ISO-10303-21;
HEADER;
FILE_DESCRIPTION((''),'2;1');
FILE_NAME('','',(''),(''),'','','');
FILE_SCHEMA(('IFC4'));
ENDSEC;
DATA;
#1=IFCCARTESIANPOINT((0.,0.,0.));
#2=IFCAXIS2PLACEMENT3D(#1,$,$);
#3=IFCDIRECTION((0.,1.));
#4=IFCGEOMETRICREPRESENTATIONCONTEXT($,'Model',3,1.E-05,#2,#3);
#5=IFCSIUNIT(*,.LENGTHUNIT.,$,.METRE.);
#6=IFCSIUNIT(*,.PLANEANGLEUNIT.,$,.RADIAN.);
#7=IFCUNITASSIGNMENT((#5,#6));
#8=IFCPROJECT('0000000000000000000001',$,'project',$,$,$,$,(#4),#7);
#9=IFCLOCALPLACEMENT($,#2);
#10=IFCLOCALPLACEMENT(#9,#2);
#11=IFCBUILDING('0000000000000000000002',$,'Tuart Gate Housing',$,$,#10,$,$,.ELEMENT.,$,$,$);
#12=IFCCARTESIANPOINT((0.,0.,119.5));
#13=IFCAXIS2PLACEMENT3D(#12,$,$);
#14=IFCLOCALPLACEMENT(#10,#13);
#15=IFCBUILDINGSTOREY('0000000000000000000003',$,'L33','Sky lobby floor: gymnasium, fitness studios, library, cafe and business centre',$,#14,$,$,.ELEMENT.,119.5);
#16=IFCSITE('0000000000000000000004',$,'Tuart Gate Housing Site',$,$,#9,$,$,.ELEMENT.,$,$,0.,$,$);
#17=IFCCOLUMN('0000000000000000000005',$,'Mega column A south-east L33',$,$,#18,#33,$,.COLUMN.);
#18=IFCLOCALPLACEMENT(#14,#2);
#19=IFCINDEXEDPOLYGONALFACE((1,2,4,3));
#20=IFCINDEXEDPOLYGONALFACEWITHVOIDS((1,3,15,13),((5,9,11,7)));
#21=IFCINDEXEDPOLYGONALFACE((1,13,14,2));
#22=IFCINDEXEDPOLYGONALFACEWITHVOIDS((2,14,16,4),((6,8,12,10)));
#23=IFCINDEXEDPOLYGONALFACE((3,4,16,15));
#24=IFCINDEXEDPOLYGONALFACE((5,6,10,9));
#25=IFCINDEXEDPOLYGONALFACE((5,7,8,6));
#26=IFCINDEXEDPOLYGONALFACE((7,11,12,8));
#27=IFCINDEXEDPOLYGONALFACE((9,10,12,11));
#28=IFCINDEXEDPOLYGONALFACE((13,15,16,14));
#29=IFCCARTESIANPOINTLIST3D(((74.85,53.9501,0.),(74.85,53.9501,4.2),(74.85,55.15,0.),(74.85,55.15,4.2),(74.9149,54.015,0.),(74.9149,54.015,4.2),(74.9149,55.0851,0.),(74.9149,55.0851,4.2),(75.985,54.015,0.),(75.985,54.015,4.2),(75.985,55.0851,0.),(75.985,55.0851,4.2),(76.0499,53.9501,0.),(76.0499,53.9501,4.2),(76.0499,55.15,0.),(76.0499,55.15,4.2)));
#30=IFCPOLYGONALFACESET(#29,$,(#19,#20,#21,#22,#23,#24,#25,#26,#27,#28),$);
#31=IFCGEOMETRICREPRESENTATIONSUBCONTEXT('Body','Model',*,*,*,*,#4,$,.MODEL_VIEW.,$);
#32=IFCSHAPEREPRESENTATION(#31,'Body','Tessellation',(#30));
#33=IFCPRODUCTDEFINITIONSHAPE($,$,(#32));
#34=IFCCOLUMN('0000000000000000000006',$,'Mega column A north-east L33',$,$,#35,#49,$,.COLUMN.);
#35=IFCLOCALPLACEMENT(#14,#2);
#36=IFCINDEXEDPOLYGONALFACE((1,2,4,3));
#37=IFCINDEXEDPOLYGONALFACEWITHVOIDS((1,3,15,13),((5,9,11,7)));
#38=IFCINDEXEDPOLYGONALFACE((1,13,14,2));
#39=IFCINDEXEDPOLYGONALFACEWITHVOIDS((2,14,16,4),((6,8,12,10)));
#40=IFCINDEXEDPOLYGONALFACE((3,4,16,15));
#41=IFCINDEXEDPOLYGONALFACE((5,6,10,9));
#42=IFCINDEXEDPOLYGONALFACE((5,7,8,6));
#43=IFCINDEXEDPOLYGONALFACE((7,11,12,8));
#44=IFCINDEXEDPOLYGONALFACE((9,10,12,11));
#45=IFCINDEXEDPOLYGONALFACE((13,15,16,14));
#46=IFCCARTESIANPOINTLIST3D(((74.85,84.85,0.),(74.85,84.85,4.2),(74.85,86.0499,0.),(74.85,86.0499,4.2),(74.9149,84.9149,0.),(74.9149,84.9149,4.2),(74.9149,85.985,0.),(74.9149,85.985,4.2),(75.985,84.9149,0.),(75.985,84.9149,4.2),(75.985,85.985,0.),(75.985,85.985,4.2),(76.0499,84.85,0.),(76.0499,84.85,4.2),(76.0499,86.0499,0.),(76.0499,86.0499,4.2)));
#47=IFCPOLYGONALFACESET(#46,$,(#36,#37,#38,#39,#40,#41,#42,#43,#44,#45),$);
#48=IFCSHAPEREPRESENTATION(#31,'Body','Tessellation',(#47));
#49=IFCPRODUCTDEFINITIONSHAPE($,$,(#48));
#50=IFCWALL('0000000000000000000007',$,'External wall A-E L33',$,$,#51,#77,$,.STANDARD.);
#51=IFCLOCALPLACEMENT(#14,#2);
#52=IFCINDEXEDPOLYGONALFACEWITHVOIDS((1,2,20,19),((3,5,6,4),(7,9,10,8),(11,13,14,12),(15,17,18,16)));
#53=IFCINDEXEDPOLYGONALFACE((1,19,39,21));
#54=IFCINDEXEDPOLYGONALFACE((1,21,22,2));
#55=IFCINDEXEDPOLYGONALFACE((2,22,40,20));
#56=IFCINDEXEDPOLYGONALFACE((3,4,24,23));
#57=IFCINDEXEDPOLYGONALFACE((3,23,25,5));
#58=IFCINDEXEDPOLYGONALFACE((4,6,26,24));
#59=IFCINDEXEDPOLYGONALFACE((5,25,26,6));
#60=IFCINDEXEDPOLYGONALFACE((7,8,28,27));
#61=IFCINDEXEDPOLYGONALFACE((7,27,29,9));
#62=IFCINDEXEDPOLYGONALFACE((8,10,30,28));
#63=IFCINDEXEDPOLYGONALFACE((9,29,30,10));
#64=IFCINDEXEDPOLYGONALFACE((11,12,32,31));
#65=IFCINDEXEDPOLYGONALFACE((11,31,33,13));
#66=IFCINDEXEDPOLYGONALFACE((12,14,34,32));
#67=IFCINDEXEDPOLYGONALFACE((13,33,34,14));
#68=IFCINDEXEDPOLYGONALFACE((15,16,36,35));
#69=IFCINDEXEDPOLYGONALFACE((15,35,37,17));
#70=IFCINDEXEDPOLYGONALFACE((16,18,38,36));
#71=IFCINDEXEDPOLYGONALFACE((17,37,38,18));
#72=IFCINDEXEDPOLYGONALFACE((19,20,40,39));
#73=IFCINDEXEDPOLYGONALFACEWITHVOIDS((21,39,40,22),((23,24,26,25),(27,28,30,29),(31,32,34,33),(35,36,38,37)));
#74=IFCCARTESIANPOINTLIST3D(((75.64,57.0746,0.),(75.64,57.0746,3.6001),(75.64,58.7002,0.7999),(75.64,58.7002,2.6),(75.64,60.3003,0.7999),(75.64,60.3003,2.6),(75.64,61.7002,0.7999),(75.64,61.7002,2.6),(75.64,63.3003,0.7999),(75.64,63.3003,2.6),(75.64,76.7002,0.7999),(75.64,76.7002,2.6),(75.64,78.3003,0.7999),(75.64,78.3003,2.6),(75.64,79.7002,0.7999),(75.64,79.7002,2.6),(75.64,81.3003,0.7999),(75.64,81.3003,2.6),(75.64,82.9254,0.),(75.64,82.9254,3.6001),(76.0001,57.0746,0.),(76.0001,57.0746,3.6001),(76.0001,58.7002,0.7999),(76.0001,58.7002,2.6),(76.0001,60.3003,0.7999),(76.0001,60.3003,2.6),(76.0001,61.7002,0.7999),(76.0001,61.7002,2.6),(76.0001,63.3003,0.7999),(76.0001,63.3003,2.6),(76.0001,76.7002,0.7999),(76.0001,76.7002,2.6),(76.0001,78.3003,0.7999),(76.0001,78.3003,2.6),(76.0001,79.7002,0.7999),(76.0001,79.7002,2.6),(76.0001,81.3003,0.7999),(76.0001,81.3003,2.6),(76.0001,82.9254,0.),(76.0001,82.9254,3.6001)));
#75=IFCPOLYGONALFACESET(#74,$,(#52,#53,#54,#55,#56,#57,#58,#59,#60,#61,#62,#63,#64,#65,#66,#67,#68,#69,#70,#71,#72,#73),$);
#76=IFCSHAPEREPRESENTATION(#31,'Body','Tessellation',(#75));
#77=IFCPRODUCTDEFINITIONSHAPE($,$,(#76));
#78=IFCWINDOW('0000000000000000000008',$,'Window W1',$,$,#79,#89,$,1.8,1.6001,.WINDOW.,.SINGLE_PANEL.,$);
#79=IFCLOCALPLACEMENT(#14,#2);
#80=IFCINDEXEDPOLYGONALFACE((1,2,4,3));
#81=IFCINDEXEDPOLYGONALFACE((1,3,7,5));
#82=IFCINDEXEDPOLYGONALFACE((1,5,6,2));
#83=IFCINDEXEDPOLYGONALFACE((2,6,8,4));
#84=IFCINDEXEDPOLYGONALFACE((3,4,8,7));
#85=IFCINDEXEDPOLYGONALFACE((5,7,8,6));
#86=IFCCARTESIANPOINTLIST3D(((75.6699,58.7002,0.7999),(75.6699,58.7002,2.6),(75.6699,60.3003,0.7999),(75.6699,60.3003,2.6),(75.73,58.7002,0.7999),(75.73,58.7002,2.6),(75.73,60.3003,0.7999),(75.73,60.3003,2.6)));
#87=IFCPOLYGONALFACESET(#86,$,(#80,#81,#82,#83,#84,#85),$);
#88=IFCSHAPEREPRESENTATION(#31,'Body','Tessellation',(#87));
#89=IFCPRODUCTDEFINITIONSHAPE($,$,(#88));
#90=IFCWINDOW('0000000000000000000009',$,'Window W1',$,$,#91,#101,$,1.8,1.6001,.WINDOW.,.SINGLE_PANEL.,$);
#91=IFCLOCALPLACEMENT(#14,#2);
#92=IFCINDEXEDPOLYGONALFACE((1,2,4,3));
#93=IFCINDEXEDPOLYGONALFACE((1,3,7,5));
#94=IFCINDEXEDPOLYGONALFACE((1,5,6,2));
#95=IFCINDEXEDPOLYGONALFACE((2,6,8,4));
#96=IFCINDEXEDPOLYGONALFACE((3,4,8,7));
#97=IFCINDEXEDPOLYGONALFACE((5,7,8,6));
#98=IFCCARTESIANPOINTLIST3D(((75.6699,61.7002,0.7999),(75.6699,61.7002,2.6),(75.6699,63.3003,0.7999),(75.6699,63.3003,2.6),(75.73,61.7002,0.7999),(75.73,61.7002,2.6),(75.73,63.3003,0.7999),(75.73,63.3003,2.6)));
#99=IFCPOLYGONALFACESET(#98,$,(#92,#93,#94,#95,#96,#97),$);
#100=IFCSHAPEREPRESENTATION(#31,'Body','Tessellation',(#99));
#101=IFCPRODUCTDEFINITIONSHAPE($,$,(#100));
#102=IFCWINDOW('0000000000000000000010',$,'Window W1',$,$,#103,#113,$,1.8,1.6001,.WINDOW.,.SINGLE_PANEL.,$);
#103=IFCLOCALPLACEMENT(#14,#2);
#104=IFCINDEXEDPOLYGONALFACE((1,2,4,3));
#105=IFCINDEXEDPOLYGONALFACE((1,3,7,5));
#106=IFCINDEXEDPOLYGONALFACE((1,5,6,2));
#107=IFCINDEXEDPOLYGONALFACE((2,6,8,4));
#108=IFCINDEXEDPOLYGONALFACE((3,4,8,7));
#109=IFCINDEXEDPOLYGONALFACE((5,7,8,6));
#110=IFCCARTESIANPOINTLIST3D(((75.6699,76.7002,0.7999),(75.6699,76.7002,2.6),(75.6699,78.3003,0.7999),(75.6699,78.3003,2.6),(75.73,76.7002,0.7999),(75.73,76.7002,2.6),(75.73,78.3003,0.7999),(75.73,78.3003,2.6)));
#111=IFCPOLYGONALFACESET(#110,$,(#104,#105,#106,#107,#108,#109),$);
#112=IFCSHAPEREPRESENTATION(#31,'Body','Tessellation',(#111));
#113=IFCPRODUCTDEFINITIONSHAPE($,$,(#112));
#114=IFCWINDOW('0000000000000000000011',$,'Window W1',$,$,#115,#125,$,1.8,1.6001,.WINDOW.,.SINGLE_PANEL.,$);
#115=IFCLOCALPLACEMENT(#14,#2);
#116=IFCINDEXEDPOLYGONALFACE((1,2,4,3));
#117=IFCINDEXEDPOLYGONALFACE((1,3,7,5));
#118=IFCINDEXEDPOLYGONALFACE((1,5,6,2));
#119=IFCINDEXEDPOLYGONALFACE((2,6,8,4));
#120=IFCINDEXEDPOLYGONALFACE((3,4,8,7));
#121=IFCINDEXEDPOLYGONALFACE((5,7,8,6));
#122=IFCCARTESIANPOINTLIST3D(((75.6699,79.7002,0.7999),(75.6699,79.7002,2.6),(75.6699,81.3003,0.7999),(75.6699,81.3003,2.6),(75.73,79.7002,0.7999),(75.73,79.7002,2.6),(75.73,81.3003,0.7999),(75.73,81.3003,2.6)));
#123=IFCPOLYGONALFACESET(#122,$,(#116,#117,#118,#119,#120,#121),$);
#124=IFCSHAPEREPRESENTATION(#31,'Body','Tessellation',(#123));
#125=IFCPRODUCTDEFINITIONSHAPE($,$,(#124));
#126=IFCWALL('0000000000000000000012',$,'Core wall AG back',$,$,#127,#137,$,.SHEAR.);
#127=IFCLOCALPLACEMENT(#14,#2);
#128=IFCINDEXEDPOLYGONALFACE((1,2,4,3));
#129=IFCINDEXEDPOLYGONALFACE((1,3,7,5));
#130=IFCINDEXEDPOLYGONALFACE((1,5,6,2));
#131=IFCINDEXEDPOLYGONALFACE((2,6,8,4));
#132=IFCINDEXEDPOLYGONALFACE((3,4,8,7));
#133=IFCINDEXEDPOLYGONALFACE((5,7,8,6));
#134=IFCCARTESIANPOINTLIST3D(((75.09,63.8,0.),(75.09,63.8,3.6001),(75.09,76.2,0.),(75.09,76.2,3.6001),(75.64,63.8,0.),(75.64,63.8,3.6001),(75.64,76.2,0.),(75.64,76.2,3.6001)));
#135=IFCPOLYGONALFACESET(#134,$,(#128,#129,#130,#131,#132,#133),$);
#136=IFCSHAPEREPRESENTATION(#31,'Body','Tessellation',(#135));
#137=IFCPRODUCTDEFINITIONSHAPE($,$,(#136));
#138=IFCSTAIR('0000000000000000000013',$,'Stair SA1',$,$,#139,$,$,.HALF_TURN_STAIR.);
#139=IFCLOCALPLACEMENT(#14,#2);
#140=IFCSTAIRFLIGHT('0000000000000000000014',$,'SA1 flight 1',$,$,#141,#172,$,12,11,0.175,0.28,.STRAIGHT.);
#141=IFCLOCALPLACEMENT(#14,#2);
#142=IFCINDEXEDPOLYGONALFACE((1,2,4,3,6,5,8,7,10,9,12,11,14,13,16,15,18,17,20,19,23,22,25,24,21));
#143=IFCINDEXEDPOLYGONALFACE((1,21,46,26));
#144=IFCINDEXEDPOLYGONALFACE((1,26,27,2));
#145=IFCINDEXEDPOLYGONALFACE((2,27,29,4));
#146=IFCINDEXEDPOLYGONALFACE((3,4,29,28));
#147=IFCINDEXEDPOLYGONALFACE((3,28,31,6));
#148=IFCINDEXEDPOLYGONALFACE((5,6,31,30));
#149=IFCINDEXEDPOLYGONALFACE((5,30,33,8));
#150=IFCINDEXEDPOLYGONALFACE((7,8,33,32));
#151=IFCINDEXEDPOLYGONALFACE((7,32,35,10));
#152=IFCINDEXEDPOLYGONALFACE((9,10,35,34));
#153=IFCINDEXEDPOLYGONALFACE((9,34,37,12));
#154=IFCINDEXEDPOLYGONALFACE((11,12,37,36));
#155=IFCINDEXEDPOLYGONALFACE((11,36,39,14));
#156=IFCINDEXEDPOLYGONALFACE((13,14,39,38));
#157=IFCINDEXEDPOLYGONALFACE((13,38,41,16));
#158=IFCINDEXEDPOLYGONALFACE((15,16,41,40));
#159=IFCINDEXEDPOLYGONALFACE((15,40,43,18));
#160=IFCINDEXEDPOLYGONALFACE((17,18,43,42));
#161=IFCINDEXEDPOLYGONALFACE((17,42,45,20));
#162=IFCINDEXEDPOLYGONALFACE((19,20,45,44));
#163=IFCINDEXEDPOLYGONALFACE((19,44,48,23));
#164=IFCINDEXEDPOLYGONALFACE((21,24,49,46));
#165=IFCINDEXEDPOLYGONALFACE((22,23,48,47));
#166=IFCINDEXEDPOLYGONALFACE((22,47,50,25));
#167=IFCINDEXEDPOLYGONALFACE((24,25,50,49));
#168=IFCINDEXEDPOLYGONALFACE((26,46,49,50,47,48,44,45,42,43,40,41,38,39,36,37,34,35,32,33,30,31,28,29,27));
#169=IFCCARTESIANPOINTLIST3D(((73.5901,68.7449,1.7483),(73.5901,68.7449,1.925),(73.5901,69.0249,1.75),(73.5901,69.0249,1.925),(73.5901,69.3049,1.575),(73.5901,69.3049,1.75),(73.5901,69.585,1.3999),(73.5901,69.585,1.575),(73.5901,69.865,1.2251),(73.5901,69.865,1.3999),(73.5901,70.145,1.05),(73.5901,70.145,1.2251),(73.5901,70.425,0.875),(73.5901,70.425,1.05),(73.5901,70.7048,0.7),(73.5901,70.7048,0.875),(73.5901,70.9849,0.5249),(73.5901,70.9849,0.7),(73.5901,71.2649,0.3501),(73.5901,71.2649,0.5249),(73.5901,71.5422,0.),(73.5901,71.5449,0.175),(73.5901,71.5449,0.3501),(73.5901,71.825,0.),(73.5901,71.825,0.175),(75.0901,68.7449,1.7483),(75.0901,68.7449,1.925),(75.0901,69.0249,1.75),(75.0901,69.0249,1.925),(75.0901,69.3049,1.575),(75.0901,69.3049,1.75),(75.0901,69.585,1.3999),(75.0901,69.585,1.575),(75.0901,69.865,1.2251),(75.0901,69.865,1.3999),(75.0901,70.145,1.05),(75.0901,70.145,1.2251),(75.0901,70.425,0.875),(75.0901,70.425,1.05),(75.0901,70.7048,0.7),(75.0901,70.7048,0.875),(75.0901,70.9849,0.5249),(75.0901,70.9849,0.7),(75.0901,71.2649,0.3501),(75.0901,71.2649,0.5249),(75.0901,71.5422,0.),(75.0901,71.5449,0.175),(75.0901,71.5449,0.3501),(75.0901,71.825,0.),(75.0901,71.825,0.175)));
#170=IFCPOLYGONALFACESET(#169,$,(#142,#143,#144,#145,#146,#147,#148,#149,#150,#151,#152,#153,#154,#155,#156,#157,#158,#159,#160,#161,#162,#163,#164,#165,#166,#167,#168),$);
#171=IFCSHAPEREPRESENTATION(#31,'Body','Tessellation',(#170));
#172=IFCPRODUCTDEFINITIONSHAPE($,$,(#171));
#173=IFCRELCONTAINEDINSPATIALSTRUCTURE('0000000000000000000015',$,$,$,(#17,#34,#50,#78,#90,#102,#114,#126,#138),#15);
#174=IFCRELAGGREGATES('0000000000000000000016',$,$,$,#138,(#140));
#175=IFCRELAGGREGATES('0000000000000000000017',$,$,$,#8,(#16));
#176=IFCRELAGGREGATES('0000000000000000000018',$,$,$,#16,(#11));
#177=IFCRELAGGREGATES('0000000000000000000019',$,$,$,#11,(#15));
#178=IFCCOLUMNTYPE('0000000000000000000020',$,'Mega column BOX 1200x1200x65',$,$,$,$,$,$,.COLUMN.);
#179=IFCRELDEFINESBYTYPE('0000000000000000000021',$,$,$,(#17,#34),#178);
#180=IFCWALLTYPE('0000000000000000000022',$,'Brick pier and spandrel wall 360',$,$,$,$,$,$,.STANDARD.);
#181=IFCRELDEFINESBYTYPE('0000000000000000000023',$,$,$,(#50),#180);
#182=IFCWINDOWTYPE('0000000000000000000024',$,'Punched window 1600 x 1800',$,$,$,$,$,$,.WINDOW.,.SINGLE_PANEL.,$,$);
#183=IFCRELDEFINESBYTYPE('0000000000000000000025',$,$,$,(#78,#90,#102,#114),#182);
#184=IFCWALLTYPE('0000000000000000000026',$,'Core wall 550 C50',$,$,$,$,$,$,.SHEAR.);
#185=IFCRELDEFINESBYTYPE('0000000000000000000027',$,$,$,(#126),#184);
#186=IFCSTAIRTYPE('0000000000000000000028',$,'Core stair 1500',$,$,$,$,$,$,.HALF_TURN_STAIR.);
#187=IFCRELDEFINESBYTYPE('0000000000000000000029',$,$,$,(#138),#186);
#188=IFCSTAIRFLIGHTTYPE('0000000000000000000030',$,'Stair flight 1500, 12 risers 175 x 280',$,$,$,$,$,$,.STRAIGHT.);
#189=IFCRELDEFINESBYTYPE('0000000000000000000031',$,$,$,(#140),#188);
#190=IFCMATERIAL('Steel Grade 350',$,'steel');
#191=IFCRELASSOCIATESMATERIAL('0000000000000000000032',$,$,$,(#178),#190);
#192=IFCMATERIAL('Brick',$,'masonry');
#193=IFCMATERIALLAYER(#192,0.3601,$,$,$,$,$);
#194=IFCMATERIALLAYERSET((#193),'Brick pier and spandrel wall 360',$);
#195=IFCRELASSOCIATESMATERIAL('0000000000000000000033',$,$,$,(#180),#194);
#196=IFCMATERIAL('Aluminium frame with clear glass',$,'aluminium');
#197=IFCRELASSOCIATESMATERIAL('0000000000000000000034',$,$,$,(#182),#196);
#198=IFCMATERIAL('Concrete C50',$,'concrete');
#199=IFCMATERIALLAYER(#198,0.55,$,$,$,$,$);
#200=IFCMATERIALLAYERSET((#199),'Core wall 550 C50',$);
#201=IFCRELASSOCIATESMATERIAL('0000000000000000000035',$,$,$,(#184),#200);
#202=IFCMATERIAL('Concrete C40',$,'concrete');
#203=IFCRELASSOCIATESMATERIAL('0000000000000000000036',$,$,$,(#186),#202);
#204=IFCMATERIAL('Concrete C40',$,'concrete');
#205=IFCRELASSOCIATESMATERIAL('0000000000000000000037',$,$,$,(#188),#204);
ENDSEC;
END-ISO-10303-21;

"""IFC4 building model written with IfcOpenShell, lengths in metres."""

from ifc_helpers import new_model, si_unit, direction, frame, frame_2d, origin, origin_2d, place, context, subcontext, project, spatial, polyline, rectangle, hollow_rectangle, outline, extrude, material, layer, layer_set, material_profile, profile_set, type_object, element, fill, aggregate, save


model = new_model("IFC4")

# Units and contexts
model_context = context("Model", 3, precision=1e-05, world=origin(), true_north=direction((0.0, 1.0)))
body_context = subcontext(model_context, "Body", "Model", "MODEL_VIEW")
ifc_project = project(units=[si_unit("LENGTHUNIT", "METRE"), si_unit("PLANEANGLEUNIT", "RADIAN")], contexts=[model_context])

# Site, building, storey
site_placement = place(None, origin())
site = spatial("IfcSite", under=ifc_project, at=site_placement, Name="Tuart Gate Housing Site", CompositionType="ELEMENT", RefElevation=0.0)
building_placement = place(site_placement, origin())
building = spatial("IfcBuilding", under=site, at=building_placement, Name="Tuart Gate Housing", CompositionType="ELEMENT")
storey_placement = place(building_placement, frame((0.0, 0.0, 119.5)))
storey = spatial("IfcBuildingStorey", under=building, at=storey_placement, Name="L33", Description="Sky lobby floor: gymnasium, fitness studios, library, cafe and business centre", CompositionType="ELEMENT", Elevation=119.5)

# Columns
ifc_material_1 = material(Name="Steel Grade 350", Category="steel")
ifc_material_profile = material_profile(ifc_material_1, hollow_rectangle(XDim=1.2, YDim=1.2, WallThickness=0.0649, at=origin_2d()), Name="BOX 1200x1200x65")
ifc_profile_set = profile_set([ifc_material_profile], Name="Steel Grade 350")
column_type = type_object("IfcColumnType", Name="Mega column BOX 1200x1200x65", PredefinedType="COLUMN", material=ifc_profile_set)
for number, where, z_axis, x_axis, name in (
    (1, (75.45, 54.55, 0.0), (0.0, 0.0, 1.0), (1.0, 0.0, 0.0), "Mega column A south-east L33"),
    (2, (75.45, 85.45, 0.0), (0.0, 0.0, 1.0), (1.0, 0.0, 0.0), "Mega column A north-east L33"),
):
    element("IfcColumn", number, at=place(storey_placement, frame(where, z_axis=z_axis, x_axis=x_axis)), inside=storey, type_object=column_type, Name=name, PredefinedType="COLUMN", context=body_context, shape_type="SweptSolid", body=[
        extrude(hollow_rectangle(XDim=1.2, YDim=1.2, WallThickness=0.0649, at=origin_2d()), origin(), (0.0, 0.0, 1.0), 4.2),
    ])

# Wall, openings, windows
ifc_material_2 = material(Name="Brick", Category="masonry")
ifc_layer_1 = layer(ifc_material_2, 0.3601)
ifc_layer_set_1 = layer_set([ifc_layer_1], Name="Brick pier and spandrel wall 360")
wall_type_1 = type_object("IfcWallType", Name="Brick pier and spandrel wall 360", PredefinedType="STANDARD", material=ifc_layer_set_1)
wall_1_placement = place(storey_placement, frame((75.8201, 57.0747, 0.0), z_axis=(0.0, 0.0, 1.0), x_axis=(0.0, 1.0, 0.0)))
wall_1 = element("IfcWall", 3, at=wall_1_placement, inside=storey, type_object=wall_type_1, Name="External wall A-E L33", PredefinedType="STANDARD", context=body_context, shape_type="SweptSolid", body=[
    extrude(rectangle(XDim=25.8508, YDim=0.3601, at=frame_2d((12.9253, 0.0))), origin(), (0.0, 0.0, 1.0), 3.6001),
])
opening_1_placement = place(wall_1_placement, frame((1.6255, 0.0, 0.8)))
opening_1 = element("IfcOpeningElement", 4, at=opening_1_placement, cuts=wall_1, PredefinedType="OPENING", context=body_context, shape_type="SweptSolid", body=[
    extrude(rectangle(XDim=1.6001, YDim=1.8, at=frame_2d((0.8, 0.8999))), frame((0.0, 0.1899, 0.0), z_axis=(0.0, -1.0, 0.0), x_axis=(1.0, 0.0, 0.0)), (0.0, 0.0, 1.0), 0.3801),
])
opening_2_placement = place(wall_1_placement, frame((4.6255, 0.0, 0.8)))
opening_2 = element("IfcOpeningElement", 5, at=opening_2_placement, cuts=wall_1, PredefinedType="OPENING", context=body_context, shape_type="SweptSolid", body=[
    extrude(rectangle(XDim=1.6001, YDim=1.8, at=frame_2d((0.8, 0.8999))), frame((0.0, 0.1899, 0.0), z_axis=(0.0, -1.0, 0.0), x_axis=(1.0, 0.0, 0.0)), (0.0, 0.0, 1.0), 0.3801),
])
opening_3_placement = place(wall_1_placement, frame((19.6255, 0.0, 0.8)))
opening_3 = element("IfcOpeningElement", 6, at=opening_3_placement, cuts=wall_1, PredefinedType="OPENING", context=body_context, shape_type="SweptSolid", body=[
    extrude(rectangle(XDim=1.6001, YDim=1.8, at=frame_2d((0.8, 0.8999))), frame((0.0, 0.1899, 0.0), z_axis=(0.0, -1.0, 0.0), x_axis=(1.0, 0.0, 0.0)), (0.0, 0.0, 1.0), 0.3801),
])
opening_4_placement = place(wall_1_placement, frame((22.6255, 0.0, 0.8)))
opening_4 = element("IfcOpeningElement", 7, at=opening_4_placement, cuts=wall_1, PredefinedType="OPENING", context=body_context, shape_type="SweptSolid", body=[
    extrude(rectangle(XDim=1.6001, YDim=1.8, at=frame_2d((0.8, 0.8999))), frame((0.0, 0.1899, 0.0), z_axis=(0.0, -1.0, 0.0), x_axis=(1.0, 0.0, 0.0)), (0.0, 0.0, 1.0), 0.3801),
])
ifc_material_3 = material(Name="Aluminium frame with clear glass", Category="aluminium")
window_type = type_object("IfcWindowType", Name="Punched window 1600 x 1800", PartitioningType="SINGLE_PANEL", PredefinedType="WINDOW", material=ifc_material_3)
window_1_placement = place(opening_1_placement, origin())
window_1 = element("IfcWindow", 8, at=window_1_placement, inside=storey, type_object=window_type, Name="Window W1", OverallHeight=1.8, OverallWidth=1.6001, PartitioningType="SINGLE_PANEL", PredefinedType="WINDOW", context=body_context, shape_type="SweptSolid", body=[
    extrude(rectangle(XDim=1.6001, YDim=1.8, at=frame_2d((0.8, 0.8999))), frame((0.0, 0.1501, 0.0), z_axis=(0.0, -1.0, 0.0), x_axis=(1.0, 0.0, 0.0)), (0.0, 0.0, 1.0), 0.0601),
])
fill(opening_1, window_1)
window_2_placement = place(opening_2_placement, origin())
window_2 = element("IfcWindow", 9, at=window_2_placement, inside=storey, type_object=window_type, Name="Window W1", OverallHeight=1.8, OverallWidth=1.6001, PartitioningType="SINGLE_PANEL", PredefinedType="WINDOW", context=body_context, shape_type="SweptSolid", body=[
    extrude(rectangle(XDim=1.6001, YDim=1.8, at=frame_2d((0.8, 0.8999))), frame((0.0, 0.1501, 0.0), z_axis=(0.0, -1.0, 0.0), x_axis=(1.0, 0.0, 0.0)), (0.0, 0.0, 1.0), 0.0601),
])
fill(opening_2, window_2)
window_3_placement = place(opening_3_placement, origin())
window_3 = element("IfcWindow", 10, at=window_3_placement, inside=storey, type_object=window_type, Name="Window W1", OverallHeight=1.8, OverallWidth=1.6001, PartitioningType="SINGLE_PANEL", PredefinedType="WINDOW", context=body_context, shape_type="SweptSolid", body=[
    extrude(rectangle(XDim=1.6001, YDim=1.8, at=frame_2d((0.8, 0.8999))), frame((0.0, 0.1501, 0.0), z_axis=(0.0, -1.0, 0.0), x_axis=(1.0, 0.0, 0.0)), (0.0, 0.0, 1.0), 0.0601),
])
fill(opening_3, window_3)
window_4_placement = place(opening_4_placement, origin())
window_4 = element("IfcWindow", 11, at=window_4_placement, inside=storey, type_object=window_type, Name="Window W1", OverallHeight=1.8, OverallWidth=1.6001, PartitioningType="SINGLE_PANEL", PredefinedType="WINDOW", context=body_context, shape_type="SweptSolid", body=[
    extrude(rectangle(XDim=1.6001, YDim=1.8, at=frame_2d((0.8, 0.8999))), frame((0.0, 0.1501, 0.0), z_axis=(0.0, -1.0, 0.0), x_axis=(1.0, 0.0, 0.0)), (0.0, 0.0, 1.0), 0.0601),
])
fill(opening_4, window_4)

# Wall
ifc_material_4 = material(Name="Concrete C50", Category="concrete")
ifc_layer_2 = layer(ifc_material_4, 0.55)
ifc_layer_set_2 = layer_set([ifc_layer_2], Name="Core wall 550 C50")
wall_type_2 = type_object("IfcWallType", Name="Core wall 550 C50", PredefinedType="SHEAR", material=ifc_layer_set_2)
wall_2_placement = place(storey_placement, frame((75.365, 63.8, 0.0), z_axis=(0.0, 0.0, 1.0), x_axis=(0.0, 1.0, 0.0)))
element("IfcWall", 12, at=wall_2_placement, inside=storey, type_object=wall_type_2, Name="Core wall AG back", PredefinedType="SHEAR", context=body_context, shape_type="SweptSolid", body=[
    extrude(rectangle(XDim=12.3999, YDim=0.55, at=frame_2d((6.2, 0.0))), origin(), (0.0, 0.0, 1.0), 3.6001),
])

# Stair, stair flight
ifc_material_5 = material(Name="Concrete C40", Category="concrete")
stair_type = type_object("IfcStairType", Name="Core stair 1500", PredefinedType="HALF_TURN_STAIR", material=ifc_material_5)
stair_placement = place(storey_placement, origin())
stair = element("IfcStair", 13, at=stair_placement, inside=storey, type_object=stair_type, Name="Stair SA1", PredefinedType="HALF_TURN_STAIR")
ifc_material_6 = material(Name="Concrete C40", Category="concrete")
stair_flight_type = type_object("IfcStairFlightType", Name="Stair flight 1500, 12 risers 175 x 280", PredefinedType="STRAIGHT", material=ifc_material_6)
stair_flight_placement = place(storey_placement, frame((74.3401, 71.825, 0.0), z_axis=(0.0, 0.0, 1.0), x_axis=(0.0, -1.0, 0.0)))
stair_flight = element("IfcStairFlight", 14, at=stair_flight_placement, type_object=stair_flight_type, Name="SA1 flight 1", NumberOfRisers=12, NumberOfTreads=11, PredefinedType="STRAIGHT", RiserHeight=0.175, TreadLength=0.28, context=body_context, shape_type="SweptSolid", body=[
    extrude(outline(polyline([(0.0, 0.0), (0.0, 0.175), (0.28, 0.175), (0.28, 0.3501), (0.5601, 0.3501), (0.5601, 0.5249), (0.8401, 0.5249), (0.8401, 0.7), (1.1201, 0.7), (1.1201, 0.875), (1.3999, 0.875), (1.3999, 1.05), (1.6799, 1.05), (1.6799, 1.2251), (1.96, 1.2251), (1.96, 1.3999), (2.24, 1.3999), (2.24, 1.575), (2.52, 1.575), (2.52, 1.75), (2.8, 1.75), (2.8, 1.925), (3.0801, 1.925), (3.0801, 2.1001), (3.0801, 1.7483), (0.2827, 0.0), (0.0, 0.0)])), frame((0.0, 0.75, 0.0), z_axis=(0.0, -1.0, 0.0), x_axis=(1.0, 0.0, 0.0)), (0.0, 0.0, 1.0), 1.5),
])
aggregate(stair, [stair_flight])

save(model, "model.ifc")
